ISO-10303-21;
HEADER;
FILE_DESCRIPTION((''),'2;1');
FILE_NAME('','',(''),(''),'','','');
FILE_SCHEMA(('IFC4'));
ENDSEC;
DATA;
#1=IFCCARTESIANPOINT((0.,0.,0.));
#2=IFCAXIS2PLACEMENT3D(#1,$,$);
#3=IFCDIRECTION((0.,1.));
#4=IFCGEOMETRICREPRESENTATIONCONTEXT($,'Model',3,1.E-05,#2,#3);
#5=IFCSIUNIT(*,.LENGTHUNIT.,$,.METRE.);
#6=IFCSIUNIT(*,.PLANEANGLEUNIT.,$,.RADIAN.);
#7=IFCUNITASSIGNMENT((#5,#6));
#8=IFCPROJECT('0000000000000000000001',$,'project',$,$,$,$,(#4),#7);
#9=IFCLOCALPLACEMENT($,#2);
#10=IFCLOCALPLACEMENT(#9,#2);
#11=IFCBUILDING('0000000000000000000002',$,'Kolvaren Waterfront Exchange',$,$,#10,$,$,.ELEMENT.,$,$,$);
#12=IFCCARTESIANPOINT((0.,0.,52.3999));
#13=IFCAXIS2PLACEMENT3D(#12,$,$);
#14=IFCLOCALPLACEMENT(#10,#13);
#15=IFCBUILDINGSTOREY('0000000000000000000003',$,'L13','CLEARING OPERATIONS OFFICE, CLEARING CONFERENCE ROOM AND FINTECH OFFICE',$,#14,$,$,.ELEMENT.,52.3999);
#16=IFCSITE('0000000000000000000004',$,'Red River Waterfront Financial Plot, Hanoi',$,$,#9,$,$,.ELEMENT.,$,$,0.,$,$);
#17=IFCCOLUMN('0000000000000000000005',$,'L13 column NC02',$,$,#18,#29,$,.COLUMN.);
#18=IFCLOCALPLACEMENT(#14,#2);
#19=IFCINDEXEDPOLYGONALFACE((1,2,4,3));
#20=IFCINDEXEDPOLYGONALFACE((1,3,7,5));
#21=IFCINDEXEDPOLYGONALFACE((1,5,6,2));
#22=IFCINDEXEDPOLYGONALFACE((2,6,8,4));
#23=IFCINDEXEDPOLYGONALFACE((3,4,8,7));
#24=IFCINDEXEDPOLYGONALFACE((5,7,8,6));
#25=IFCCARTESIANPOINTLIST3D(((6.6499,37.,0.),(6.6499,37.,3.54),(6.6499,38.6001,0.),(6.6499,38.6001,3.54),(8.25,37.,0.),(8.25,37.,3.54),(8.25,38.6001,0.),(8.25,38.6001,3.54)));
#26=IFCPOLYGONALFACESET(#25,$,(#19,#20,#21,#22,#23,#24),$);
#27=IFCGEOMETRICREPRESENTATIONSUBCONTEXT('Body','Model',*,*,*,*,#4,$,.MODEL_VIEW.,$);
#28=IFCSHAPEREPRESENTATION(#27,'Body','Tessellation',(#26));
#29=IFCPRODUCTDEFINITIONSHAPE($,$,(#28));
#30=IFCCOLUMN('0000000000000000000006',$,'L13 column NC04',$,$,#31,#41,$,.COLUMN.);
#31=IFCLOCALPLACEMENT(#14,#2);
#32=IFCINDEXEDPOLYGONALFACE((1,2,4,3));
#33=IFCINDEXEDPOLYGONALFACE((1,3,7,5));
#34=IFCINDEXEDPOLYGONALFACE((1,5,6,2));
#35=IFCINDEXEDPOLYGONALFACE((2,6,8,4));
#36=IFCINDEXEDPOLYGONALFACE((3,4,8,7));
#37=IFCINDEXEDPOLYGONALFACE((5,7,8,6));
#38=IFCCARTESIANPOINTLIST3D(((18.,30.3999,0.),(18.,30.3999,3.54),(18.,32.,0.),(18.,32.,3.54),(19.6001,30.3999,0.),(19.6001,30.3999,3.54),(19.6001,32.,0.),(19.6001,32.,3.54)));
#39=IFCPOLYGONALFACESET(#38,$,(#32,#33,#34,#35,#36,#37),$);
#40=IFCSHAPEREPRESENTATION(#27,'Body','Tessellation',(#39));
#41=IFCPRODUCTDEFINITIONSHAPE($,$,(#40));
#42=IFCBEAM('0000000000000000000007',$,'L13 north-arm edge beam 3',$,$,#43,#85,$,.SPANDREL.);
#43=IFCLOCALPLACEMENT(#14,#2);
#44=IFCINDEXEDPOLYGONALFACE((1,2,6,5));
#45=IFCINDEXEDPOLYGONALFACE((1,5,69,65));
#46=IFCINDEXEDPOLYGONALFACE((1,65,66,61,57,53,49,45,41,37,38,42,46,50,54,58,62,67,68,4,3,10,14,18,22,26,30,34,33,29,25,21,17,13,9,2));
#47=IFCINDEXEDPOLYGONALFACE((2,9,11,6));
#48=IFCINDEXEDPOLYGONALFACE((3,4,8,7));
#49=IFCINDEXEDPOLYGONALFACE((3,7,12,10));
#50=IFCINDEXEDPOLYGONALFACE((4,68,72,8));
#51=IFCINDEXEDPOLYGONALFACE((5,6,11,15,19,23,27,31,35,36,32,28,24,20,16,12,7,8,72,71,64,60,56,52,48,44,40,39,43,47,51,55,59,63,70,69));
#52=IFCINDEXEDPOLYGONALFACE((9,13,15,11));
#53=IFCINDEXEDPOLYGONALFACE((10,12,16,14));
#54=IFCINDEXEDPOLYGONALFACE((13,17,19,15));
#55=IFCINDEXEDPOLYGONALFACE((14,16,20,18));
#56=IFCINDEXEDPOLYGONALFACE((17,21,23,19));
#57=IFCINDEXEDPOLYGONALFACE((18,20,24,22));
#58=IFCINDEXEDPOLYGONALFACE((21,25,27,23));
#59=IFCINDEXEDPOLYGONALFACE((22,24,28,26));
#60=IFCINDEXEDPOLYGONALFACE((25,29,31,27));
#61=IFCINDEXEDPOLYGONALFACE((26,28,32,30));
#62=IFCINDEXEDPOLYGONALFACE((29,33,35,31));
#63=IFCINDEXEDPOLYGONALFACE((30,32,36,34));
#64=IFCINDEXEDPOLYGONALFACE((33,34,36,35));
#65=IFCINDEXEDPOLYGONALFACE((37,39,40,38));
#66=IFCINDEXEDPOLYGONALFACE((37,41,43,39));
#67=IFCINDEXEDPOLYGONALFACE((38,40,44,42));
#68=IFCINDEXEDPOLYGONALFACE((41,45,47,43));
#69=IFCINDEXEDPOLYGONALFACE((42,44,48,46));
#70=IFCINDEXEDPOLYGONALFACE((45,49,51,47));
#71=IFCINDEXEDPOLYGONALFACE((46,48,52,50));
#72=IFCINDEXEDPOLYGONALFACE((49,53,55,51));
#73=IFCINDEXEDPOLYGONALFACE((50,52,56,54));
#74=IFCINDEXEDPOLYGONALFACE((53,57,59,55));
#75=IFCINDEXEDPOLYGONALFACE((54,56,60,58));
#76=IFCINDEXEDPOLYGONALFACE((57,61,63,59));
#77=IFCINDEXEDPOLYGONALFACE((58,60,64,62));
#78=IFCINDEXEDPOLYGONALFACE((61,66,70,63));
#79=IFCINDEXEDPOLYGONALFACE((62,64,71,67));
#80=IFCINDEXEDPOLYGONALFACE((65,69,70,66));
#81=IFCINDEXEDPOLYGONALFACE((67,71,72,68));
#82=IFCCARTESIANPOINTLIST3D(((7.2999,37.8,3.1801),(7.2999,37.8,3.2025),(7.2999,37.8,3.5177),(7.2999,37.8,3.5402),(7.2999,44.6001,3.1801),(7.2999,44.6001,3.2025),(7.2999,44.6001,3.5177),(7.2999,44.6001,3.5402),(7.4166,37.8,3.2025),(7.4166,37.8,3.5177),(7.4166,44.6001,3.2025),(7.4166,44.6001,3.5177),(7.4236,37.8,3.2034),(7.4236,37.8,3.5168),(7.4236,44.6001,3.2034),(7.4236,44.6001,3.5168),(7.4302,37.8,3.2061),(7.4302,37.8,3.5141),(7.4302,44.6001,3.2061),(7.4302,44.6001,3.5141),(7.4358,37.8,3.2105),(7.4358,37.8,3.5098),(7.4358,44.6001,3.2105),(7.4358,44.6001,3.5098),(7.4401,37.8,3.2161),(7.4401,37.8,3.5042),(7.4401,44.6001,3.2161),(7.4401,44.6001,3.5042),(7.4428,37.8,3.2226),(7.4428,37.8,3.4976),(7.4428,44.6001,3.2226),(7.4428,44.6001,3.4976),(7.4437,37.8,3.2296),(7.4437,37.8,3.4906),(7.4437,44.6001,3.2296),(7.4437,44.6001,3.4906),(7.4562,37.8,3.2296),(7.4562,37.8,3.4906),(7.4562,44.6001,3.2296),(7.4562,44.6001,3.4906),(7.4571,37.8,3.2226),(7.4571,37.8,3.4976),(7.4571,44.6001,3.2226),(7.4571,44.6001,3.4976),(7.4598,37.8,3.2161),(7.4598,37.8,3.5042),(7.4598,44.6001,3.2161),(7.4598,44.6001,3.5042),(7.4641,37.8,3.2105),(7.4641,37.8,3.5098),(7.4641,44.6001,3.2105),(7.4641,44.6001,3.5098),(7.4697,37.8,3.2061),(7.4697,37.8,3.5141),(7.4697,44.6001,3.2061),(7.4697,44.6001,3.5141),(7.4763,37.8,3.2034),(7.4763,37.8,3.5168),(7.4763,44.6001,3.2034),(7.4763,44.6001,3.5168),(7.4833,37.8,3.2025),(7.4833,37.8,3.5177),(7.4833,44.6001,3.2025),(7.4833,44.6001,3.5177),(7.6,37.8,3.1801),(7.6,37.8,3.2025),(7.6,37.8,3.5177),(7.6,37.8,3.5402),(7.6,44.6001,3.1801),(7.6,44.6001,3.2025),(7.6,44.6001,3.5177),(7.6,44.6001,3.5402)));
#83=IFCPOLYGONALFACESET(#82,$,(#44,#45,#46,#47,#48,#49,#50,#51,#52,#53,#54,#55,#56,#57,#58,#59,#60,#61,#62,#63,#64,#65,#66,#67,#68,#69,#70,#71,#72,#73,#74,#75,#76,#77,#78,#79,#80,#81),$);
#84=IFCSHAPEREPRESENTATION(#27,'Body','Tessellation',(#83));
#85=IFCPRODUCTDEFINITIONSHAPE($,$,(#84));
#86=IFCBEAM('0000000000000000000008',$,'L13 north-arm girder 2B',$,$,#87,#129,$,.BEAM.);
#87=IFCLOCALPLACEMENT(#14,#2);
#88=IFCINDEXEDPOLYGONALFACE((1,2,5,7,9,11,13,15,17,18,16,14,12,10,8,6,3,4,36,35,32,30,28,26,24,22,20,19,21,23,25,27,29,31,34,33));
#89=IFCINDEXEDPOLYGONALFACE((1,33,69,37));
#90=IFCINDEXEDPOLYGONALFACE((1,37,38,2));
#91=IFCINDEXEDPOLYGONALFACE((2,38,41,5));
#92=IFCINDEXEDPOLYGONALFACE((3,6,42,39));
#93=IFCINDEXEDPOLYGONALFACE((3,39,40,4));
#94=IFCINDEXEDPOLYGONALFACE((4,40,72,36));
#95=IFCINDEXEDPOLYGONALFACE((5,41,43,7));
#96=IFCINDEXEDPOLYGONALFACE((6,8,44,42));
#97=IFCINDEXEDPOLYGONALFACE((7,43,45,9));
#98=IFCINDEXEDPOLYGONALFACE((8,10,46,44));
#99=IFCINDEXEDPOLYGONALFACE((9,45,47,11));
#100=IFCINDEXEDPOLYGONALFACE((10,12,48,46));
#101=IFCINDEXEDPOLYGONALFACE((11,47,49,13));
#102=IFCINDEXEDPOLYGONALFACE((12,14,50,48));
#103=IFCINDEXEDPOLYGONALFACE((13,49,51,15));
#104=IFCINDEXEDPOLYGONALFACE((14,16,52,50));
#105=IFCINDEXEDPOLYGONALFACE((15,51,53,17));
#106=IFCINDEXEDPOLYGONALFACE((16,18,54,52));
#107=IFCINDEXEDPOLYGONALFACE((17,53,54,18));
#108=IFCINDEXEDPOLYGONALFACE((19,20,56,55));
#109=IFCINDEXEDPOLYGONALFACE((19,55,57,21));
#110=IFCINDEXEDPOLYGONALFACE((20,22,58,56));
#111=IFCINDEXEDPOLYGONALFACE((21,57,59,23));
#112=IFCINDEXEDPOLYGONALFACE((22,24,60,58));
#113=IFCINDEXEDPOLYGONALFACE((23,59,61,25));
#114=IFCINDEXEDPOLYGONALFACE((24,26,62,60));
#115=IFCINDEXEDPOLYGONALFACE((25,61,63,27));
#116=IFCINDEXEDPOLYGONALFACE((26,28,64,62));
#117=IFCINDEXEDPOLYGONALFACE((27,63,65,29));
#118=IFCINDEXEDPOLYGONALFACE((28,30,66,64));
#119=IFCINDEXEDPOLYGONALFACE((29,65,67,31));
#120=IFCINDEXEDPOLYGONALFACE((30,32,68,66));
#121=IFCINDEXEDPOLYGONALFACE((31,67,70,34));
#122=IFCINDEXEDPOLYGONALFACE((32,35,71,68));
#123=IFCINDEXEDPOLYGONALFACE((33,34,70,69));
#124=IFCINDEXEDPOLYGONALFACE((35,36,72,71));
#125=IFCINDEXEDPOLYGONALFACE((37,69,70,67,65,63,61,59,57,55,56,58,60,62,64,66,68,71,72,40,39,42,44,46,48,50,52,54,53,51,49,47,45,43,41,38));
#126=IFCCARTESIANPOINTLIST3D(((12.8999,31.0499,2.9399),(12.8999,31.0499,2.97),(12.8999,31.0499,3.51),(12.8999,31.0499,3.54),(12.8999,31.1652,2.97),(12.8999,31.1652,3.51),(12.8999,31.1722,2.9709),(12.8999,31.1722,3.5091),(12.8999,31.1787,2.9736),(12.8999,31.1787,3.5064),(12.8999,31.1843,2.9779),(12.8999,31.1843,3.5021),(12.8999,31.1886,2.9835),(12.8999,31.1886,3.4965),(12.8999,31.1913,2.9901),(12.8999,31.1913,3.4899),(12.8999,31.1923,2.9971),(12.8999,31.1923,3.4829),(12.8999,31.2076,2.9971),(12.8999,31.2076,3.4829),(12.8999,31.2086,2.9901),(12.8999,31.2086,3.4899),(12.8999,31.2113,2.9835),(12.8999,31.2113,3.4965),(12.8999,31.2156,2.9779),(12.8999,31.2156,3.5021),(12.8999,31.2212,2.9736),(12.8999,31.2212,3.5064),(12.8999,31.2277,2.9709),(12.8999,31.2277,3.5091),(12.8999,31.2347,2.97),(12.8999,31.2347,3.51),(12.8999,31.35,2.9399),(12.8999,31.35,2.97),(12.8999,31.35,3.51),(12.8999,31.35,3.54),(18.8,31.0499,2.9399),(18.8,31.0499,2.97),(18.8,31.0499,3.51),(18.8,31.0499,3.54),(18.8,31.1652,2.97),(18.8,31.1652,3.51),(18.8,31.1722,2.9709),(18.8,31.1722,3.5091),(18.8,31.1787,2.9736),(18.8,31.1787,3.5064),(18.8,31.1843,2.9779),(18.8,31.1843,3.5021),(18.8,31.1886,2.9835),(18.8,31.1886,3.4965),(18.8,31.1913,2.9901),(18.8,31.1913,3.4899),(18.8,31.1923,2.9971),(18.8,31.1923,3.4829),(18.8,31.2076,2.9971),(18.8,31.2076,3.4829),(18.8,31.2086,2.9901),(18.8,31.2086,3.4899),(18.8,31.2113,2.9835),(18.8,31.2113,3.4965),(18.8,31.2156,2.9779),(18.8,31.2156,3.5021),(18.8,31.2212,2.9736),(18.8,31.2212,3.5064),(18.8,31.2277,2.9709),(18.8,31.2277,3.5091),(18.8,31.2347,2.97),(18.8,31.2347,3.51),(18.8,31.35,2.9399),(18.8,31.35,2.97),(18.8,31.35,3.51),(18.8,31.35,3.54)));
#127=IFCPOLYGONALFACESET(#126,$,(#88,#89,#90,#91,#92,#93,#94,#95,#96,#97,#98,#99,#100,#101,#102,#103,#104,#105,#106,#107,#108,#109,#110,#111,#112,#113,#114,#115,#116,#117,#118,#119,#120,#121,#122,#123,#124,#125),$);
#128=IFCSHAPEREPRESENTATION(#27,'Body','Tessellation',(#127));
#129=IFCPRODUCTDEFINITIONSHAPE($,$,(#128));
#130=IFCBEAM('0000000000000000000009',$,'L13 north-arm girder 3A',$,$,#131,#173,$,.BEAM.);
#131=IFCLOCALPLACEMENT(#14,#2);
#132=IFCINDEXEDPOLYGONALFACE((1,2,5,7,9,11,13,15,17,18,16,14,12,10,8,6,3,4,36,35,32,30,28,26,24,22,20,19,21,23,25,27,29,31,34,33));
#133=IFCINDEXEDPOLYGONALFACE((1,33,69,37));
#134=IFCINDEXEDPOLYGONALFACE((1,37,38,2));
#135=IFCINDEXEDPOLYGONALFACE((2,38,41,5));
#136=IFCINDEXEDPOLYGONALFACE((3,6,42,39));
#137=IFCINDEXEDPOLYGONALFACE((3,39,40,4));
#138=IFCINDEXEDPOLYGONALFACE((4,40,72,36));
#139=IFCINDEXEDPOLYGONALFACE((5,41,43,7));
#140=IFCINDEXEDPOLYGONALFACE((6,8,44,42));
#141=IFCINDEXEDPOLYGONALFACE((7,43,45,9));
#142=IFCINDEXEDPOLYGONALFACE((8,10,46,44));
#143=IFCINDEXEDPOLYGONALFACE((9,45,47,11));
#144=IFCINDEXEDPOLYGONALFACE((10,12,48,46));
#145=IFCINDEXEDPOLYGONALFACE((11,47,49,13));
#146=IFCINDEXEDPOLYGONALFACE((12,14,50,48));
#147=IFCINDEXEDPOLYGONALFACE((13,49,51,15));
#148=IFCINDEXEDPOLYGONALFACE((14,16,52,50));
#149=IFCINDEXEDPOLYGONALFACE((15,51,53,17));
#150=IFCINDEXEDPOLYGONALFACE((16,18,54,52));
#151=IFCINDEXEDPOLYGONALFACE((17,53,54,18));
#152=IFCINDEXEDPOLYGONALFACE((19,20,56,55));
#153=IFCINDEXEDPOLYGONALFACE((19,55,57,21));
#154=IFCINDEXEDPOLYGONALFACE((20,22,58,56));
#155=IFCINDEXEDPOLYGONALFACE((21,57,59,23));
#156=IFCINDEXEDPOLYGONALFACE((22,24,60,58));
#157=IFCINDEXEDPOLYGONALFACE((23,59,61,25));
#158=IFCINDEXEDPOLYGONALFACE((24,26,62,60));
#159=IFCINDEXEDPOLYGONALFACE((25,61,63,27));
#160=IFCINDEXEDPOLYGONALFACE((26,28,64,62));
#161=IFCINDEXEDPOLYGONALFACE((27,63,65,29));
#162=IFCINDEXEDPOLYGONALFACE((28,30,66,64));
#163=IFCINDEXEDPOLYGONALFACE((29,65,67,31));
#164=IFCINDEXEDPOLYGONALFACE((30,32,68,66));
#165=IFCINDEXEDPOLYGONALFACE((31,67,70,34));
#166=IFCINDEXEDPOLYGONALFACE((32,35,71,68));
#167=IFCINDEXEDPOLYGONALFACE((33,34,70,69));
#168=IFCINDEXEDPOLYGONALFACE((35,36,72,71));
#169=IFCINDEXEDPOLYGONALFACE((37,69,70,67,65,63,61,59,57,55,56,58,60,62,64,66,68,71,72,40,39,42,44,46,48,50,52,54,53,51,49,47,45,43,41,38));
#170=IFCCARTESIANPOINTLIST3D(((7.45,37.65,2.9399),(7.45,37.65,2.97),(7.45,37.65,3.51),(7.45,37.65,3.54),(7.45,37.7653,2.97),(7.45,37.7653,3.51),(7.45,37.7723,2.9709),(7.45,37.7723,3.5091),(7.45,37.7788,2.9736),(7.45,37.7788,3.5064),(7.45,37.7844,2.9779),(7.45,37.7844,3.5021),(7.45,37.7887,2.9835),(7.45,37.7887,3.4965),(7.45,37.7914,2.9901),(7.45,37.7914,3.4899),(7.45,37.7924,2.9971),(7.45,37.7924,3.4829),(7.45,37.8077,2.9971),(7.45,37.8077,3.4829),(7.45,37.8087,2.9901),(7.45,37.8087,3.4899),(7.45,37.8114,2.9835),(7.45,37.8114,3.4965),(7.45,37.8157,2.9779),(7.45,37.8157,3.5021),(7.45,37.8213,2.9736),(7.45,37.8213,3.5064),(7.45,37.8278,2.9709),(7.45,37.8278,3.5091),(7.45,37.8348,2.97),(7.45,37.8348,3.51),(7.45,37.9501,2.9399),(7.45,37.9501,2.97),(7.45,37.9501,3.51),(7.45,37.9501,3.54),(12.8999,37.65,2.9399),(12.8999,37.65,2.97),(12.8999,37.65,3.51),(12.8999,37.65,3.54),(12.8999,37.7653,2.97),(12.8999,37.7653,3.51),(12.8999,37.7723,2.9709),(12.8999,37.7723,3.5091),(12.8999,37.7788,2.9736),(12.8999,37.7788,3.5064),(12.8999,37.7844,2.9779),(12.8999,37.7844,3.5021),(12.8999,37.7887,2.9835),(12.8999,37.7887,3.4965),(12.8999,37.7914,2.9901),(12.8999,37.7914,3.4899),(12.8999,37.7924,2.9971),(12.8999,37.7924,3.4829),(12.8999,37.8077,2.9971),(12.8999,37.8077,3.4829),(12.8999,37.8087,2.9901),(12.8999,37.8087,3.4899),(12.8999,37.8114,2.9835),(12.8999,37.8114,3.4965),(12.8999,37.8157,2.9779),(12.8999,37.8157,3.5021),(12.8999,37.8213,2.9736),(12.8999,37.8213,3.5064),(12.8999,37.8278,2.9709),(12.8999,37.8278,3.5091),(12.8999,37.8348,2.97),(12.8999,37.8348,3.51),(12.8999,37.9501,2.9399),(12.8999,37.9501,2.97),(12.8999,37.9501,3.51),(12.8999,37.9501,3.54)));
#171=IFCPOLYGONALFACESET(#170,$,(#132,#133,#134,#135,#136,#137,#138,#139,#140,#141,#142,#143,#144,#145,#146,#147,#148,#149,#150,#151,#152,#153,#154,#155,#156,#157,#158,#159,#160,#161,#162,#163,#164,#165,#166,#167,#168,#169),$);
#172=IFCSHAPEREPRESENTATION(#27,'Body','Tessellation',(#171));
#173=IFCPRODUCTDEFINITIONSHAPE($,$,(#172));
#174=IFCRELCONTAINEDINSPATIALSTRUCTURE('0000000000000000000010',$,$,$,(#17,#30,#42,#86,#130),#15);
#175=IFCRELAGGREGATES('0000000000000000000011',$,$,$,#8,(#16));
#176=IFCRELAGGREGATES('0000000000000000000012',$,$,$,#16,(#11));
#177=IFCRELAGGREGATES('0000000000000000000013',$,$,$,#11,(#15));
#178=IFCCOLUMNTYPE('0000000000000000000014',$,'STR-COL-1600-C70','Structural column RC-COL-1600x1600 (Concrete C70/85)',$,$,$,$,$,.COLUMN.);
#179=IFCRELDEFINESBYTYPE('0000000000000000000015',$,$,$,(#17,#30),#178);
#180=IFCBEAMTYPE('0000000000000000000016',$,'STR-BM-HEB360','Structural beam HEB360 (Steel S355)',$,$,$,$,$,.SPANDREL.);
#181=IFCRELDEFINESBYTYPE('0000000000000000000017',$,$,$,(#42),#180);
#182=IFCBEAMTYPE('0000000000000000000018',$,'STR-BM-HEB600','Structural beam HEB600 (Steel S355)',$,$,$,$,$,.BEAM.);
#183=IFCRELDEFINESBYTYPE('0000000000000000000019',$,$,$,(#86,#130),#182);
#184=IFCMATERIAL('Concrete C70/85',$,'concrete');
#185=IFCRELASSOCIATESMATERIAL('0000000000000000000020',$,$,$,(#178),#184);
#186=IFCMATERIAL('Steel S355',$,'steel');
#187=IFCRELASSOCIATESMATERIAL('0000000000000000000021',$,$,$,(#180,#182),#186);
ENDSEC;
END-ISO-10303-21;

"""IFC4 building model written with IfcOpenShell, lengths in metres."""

from ifc_helpers import new_model, si_unit, direction, frame, origin, origin_2d, place, context, subcontext, project, spatial, rectangle, i_section, extrude, material, material_profile, profile_set, type_object, element, save


model = new_model("IFC4")

# Units and contexts
model_context = context("Model", 3, precision=1e-05, world=origin(), true_north=direction((0.0, 1.0)))
body_context = subcontext(model_context, "Body", "Model", "MODEL_VIEW")
ifc_project = project(units=[si_unit("LENGTHUNIT", "METRE"), si_unit("PLANEANGLEUNIT", "RADIAN")], contexts=[model_context])

# Site, building, storey
site_placement = place(None, origin())
site = spatial("IfcSite", under=ifc_project, at=site_placement, Name="Red River Waterfront Financial Plot, Hanoi", CompositionType="ELEMENT", RefElevation=0.0)
building_placement = place(site_placement, origin())
building = spatial("IfcBuilding", under=site, at=building_placement, Name="Kolvaren Waterfront Exchange", CompositionType="ELEMENT")
storey_placement = place(building_placement, frame((0.0, 0.0, 52.3999)))
storey = spatial("IfcBuildingStorey", under=building, at=storey_placement, Name="L13", Description="CLEARING OPERATIONS OFFICE, CLEARING CONFERENCE ROOM AND FINTECH OFFICE", CompositionType="ELEMENT", Elevation=52.3999)

# Columns
ifc_material_1 = material(Name="Concrete C70/85", Category="concrete")
ifc_material_profile_1 = material_profile(ifc_material_1, rectangle(XDim=1.6001, YDim=1.6001, at=origin_2d()), Name="RC-COL-1600x1600")
ifc_profile_set_1 = profile_set([ifc_material_profile_1], Name="Concrete C70/85")
column_type = type_object("IfcColumnType", Name="STR-COL-1600-C70", Description="Structural column RC-COL-1600x1600 (Concrete C70/85)", PredefinedType="COLUMN", material=ifc_profile_set_1)
for number, where, z_axis, x_axis, name in (
    (1, (7.45, 37.8, 0.0), (0.0, 0.0, 1.0), (1.0, 0.0, 0.0), "L13 column NC02"),
    (2, (18.8, 31.2, 0.0), (0.0, 0.0, 1.0), (1.0, 0.0, 0.0), "L13 column NC04"),
):
    element("IfcColumn", number, at=place(storey_placement, frame(where, z_axis=z_axis, x_axis=x_axis)), inside=storey, type_object=column_type, Name=name, PredefinedType="COLUMN", context=body_context, shape_type="SweptSolid", body=[
        extrude(rectangle(XDim=1.6001, YDim=1.6001, at=origin_2d()), origin(), (0.0, 0.0, 1.0), 3.54),
    ])

# Beams
ifc_material_2 = material(Name="Steel S355", Category="steel")
ifc_material_profile_2 = material_profile(ifc_material_2, i_section(OverallWidth=0.3, OverallDepth=0.3601, WebThickness=0.0125, FlangeThickness=0.0225, FilletRadius=0.0271, at=origin_2d()), Name="HEB360")
ifc_profile_set_2 = profile_set([ifc_material_profile_2], Name="Steel S355")
beam_type_1 = type_object("IfcBeamType", Name="STR-BM-HEB360", Description="Structural beam HEB360 (Steel S355)", PredefinedType="SPANDREL", material=ifc_profile_set_2)
beam_1_placement = place(storey_placement, frame((7.45, 37.8, 3.3601), z_axis=(0.0, 1.0, 0.0), x_axis=(-1.0, 0.0, 0.0)))
element("IfcBeam", 3, at=beam_1_placement, inside=storey, type_object=beam_type_1, Name="L13 north-arm edge beam 3", PredefinedType="SPANDREL", context=body_context, shape_type="SweptSolid", body=[
    extrude(i_section(OverallWidth=0.3, OverallDepth=0.3601, WebThickness=0.0125, FlangeThickness=0.0225, FilletRadius=0.0271, at=origin_2d()), origin(), (0.0, 0.0, 1.0), 6.8),
])
ifc_material_profile_3 = material_profile(ifc_material_2, i_section(OverallWidth=0.3, OverallDepth=0.6001, WebThickness=0.0154, FlangeThickness=0.03, FilletRadius=0.0271, at=origin_2d()), Name="HEB600")
ifc_profile_set_3 = profile_set([ifc_material_profile_3], Name="Steel S355")
beam_type_2 = type_object("IfcBeamType", Name="STR-BM-HEB600", Description="Structural beam HEB600 (Steel S355)", PredefinedType="BEAM", material=ifc_profile_set_3)
beam_2_placement = place(storey_placement, frame((12.8999, 31.2, 3.24), z_axis=(1.0, 0.0, 0.0), x_axis=(0.0, 1.0, 0.0)))
element("IfcBeam", 4, at=beam_2_placement, inside=storey, type_object=beam_type_2, Name="L13 north-arm girder 2B", PredefinedType="BEAM", context=body_context, shape_type="SweptSolid", body=[
    extrude(i_section(OverallWidth=0.3, OverallDepth=0.6001, WebThickness=0.0154, FlangeThickness=0.03, FilletRadius=0.0271, at=origin_2d()), origin(), (0.0, 0.0, 1.0), 5.9001),
])
beam_3_placement = place(storey_placement, frame((7.45, 37.8, 3.24), z_axis=(1.0, 0.0, 0.0), x_axis=(0.0, 1.0, 0.0)))
element("IfcBeam", 5, at=beam_3_placement, inside=storey, type_object=beam_type_2, Name="L13 north-arm girder 3A", PredefinedType="BEAM", context=body_context, shape_type="SweptSolid", body=[
    extrude(i_section(OverallWidth=0.3, OverallDepth=0.6001, WebThickness=0.0154, FlangeThickness=0.03, FilletRadius=0.0271, at=origin_2d()), origin(), (0.0, 0.0, 1.0), 5.45),
])

save(model, "model.ifc")
